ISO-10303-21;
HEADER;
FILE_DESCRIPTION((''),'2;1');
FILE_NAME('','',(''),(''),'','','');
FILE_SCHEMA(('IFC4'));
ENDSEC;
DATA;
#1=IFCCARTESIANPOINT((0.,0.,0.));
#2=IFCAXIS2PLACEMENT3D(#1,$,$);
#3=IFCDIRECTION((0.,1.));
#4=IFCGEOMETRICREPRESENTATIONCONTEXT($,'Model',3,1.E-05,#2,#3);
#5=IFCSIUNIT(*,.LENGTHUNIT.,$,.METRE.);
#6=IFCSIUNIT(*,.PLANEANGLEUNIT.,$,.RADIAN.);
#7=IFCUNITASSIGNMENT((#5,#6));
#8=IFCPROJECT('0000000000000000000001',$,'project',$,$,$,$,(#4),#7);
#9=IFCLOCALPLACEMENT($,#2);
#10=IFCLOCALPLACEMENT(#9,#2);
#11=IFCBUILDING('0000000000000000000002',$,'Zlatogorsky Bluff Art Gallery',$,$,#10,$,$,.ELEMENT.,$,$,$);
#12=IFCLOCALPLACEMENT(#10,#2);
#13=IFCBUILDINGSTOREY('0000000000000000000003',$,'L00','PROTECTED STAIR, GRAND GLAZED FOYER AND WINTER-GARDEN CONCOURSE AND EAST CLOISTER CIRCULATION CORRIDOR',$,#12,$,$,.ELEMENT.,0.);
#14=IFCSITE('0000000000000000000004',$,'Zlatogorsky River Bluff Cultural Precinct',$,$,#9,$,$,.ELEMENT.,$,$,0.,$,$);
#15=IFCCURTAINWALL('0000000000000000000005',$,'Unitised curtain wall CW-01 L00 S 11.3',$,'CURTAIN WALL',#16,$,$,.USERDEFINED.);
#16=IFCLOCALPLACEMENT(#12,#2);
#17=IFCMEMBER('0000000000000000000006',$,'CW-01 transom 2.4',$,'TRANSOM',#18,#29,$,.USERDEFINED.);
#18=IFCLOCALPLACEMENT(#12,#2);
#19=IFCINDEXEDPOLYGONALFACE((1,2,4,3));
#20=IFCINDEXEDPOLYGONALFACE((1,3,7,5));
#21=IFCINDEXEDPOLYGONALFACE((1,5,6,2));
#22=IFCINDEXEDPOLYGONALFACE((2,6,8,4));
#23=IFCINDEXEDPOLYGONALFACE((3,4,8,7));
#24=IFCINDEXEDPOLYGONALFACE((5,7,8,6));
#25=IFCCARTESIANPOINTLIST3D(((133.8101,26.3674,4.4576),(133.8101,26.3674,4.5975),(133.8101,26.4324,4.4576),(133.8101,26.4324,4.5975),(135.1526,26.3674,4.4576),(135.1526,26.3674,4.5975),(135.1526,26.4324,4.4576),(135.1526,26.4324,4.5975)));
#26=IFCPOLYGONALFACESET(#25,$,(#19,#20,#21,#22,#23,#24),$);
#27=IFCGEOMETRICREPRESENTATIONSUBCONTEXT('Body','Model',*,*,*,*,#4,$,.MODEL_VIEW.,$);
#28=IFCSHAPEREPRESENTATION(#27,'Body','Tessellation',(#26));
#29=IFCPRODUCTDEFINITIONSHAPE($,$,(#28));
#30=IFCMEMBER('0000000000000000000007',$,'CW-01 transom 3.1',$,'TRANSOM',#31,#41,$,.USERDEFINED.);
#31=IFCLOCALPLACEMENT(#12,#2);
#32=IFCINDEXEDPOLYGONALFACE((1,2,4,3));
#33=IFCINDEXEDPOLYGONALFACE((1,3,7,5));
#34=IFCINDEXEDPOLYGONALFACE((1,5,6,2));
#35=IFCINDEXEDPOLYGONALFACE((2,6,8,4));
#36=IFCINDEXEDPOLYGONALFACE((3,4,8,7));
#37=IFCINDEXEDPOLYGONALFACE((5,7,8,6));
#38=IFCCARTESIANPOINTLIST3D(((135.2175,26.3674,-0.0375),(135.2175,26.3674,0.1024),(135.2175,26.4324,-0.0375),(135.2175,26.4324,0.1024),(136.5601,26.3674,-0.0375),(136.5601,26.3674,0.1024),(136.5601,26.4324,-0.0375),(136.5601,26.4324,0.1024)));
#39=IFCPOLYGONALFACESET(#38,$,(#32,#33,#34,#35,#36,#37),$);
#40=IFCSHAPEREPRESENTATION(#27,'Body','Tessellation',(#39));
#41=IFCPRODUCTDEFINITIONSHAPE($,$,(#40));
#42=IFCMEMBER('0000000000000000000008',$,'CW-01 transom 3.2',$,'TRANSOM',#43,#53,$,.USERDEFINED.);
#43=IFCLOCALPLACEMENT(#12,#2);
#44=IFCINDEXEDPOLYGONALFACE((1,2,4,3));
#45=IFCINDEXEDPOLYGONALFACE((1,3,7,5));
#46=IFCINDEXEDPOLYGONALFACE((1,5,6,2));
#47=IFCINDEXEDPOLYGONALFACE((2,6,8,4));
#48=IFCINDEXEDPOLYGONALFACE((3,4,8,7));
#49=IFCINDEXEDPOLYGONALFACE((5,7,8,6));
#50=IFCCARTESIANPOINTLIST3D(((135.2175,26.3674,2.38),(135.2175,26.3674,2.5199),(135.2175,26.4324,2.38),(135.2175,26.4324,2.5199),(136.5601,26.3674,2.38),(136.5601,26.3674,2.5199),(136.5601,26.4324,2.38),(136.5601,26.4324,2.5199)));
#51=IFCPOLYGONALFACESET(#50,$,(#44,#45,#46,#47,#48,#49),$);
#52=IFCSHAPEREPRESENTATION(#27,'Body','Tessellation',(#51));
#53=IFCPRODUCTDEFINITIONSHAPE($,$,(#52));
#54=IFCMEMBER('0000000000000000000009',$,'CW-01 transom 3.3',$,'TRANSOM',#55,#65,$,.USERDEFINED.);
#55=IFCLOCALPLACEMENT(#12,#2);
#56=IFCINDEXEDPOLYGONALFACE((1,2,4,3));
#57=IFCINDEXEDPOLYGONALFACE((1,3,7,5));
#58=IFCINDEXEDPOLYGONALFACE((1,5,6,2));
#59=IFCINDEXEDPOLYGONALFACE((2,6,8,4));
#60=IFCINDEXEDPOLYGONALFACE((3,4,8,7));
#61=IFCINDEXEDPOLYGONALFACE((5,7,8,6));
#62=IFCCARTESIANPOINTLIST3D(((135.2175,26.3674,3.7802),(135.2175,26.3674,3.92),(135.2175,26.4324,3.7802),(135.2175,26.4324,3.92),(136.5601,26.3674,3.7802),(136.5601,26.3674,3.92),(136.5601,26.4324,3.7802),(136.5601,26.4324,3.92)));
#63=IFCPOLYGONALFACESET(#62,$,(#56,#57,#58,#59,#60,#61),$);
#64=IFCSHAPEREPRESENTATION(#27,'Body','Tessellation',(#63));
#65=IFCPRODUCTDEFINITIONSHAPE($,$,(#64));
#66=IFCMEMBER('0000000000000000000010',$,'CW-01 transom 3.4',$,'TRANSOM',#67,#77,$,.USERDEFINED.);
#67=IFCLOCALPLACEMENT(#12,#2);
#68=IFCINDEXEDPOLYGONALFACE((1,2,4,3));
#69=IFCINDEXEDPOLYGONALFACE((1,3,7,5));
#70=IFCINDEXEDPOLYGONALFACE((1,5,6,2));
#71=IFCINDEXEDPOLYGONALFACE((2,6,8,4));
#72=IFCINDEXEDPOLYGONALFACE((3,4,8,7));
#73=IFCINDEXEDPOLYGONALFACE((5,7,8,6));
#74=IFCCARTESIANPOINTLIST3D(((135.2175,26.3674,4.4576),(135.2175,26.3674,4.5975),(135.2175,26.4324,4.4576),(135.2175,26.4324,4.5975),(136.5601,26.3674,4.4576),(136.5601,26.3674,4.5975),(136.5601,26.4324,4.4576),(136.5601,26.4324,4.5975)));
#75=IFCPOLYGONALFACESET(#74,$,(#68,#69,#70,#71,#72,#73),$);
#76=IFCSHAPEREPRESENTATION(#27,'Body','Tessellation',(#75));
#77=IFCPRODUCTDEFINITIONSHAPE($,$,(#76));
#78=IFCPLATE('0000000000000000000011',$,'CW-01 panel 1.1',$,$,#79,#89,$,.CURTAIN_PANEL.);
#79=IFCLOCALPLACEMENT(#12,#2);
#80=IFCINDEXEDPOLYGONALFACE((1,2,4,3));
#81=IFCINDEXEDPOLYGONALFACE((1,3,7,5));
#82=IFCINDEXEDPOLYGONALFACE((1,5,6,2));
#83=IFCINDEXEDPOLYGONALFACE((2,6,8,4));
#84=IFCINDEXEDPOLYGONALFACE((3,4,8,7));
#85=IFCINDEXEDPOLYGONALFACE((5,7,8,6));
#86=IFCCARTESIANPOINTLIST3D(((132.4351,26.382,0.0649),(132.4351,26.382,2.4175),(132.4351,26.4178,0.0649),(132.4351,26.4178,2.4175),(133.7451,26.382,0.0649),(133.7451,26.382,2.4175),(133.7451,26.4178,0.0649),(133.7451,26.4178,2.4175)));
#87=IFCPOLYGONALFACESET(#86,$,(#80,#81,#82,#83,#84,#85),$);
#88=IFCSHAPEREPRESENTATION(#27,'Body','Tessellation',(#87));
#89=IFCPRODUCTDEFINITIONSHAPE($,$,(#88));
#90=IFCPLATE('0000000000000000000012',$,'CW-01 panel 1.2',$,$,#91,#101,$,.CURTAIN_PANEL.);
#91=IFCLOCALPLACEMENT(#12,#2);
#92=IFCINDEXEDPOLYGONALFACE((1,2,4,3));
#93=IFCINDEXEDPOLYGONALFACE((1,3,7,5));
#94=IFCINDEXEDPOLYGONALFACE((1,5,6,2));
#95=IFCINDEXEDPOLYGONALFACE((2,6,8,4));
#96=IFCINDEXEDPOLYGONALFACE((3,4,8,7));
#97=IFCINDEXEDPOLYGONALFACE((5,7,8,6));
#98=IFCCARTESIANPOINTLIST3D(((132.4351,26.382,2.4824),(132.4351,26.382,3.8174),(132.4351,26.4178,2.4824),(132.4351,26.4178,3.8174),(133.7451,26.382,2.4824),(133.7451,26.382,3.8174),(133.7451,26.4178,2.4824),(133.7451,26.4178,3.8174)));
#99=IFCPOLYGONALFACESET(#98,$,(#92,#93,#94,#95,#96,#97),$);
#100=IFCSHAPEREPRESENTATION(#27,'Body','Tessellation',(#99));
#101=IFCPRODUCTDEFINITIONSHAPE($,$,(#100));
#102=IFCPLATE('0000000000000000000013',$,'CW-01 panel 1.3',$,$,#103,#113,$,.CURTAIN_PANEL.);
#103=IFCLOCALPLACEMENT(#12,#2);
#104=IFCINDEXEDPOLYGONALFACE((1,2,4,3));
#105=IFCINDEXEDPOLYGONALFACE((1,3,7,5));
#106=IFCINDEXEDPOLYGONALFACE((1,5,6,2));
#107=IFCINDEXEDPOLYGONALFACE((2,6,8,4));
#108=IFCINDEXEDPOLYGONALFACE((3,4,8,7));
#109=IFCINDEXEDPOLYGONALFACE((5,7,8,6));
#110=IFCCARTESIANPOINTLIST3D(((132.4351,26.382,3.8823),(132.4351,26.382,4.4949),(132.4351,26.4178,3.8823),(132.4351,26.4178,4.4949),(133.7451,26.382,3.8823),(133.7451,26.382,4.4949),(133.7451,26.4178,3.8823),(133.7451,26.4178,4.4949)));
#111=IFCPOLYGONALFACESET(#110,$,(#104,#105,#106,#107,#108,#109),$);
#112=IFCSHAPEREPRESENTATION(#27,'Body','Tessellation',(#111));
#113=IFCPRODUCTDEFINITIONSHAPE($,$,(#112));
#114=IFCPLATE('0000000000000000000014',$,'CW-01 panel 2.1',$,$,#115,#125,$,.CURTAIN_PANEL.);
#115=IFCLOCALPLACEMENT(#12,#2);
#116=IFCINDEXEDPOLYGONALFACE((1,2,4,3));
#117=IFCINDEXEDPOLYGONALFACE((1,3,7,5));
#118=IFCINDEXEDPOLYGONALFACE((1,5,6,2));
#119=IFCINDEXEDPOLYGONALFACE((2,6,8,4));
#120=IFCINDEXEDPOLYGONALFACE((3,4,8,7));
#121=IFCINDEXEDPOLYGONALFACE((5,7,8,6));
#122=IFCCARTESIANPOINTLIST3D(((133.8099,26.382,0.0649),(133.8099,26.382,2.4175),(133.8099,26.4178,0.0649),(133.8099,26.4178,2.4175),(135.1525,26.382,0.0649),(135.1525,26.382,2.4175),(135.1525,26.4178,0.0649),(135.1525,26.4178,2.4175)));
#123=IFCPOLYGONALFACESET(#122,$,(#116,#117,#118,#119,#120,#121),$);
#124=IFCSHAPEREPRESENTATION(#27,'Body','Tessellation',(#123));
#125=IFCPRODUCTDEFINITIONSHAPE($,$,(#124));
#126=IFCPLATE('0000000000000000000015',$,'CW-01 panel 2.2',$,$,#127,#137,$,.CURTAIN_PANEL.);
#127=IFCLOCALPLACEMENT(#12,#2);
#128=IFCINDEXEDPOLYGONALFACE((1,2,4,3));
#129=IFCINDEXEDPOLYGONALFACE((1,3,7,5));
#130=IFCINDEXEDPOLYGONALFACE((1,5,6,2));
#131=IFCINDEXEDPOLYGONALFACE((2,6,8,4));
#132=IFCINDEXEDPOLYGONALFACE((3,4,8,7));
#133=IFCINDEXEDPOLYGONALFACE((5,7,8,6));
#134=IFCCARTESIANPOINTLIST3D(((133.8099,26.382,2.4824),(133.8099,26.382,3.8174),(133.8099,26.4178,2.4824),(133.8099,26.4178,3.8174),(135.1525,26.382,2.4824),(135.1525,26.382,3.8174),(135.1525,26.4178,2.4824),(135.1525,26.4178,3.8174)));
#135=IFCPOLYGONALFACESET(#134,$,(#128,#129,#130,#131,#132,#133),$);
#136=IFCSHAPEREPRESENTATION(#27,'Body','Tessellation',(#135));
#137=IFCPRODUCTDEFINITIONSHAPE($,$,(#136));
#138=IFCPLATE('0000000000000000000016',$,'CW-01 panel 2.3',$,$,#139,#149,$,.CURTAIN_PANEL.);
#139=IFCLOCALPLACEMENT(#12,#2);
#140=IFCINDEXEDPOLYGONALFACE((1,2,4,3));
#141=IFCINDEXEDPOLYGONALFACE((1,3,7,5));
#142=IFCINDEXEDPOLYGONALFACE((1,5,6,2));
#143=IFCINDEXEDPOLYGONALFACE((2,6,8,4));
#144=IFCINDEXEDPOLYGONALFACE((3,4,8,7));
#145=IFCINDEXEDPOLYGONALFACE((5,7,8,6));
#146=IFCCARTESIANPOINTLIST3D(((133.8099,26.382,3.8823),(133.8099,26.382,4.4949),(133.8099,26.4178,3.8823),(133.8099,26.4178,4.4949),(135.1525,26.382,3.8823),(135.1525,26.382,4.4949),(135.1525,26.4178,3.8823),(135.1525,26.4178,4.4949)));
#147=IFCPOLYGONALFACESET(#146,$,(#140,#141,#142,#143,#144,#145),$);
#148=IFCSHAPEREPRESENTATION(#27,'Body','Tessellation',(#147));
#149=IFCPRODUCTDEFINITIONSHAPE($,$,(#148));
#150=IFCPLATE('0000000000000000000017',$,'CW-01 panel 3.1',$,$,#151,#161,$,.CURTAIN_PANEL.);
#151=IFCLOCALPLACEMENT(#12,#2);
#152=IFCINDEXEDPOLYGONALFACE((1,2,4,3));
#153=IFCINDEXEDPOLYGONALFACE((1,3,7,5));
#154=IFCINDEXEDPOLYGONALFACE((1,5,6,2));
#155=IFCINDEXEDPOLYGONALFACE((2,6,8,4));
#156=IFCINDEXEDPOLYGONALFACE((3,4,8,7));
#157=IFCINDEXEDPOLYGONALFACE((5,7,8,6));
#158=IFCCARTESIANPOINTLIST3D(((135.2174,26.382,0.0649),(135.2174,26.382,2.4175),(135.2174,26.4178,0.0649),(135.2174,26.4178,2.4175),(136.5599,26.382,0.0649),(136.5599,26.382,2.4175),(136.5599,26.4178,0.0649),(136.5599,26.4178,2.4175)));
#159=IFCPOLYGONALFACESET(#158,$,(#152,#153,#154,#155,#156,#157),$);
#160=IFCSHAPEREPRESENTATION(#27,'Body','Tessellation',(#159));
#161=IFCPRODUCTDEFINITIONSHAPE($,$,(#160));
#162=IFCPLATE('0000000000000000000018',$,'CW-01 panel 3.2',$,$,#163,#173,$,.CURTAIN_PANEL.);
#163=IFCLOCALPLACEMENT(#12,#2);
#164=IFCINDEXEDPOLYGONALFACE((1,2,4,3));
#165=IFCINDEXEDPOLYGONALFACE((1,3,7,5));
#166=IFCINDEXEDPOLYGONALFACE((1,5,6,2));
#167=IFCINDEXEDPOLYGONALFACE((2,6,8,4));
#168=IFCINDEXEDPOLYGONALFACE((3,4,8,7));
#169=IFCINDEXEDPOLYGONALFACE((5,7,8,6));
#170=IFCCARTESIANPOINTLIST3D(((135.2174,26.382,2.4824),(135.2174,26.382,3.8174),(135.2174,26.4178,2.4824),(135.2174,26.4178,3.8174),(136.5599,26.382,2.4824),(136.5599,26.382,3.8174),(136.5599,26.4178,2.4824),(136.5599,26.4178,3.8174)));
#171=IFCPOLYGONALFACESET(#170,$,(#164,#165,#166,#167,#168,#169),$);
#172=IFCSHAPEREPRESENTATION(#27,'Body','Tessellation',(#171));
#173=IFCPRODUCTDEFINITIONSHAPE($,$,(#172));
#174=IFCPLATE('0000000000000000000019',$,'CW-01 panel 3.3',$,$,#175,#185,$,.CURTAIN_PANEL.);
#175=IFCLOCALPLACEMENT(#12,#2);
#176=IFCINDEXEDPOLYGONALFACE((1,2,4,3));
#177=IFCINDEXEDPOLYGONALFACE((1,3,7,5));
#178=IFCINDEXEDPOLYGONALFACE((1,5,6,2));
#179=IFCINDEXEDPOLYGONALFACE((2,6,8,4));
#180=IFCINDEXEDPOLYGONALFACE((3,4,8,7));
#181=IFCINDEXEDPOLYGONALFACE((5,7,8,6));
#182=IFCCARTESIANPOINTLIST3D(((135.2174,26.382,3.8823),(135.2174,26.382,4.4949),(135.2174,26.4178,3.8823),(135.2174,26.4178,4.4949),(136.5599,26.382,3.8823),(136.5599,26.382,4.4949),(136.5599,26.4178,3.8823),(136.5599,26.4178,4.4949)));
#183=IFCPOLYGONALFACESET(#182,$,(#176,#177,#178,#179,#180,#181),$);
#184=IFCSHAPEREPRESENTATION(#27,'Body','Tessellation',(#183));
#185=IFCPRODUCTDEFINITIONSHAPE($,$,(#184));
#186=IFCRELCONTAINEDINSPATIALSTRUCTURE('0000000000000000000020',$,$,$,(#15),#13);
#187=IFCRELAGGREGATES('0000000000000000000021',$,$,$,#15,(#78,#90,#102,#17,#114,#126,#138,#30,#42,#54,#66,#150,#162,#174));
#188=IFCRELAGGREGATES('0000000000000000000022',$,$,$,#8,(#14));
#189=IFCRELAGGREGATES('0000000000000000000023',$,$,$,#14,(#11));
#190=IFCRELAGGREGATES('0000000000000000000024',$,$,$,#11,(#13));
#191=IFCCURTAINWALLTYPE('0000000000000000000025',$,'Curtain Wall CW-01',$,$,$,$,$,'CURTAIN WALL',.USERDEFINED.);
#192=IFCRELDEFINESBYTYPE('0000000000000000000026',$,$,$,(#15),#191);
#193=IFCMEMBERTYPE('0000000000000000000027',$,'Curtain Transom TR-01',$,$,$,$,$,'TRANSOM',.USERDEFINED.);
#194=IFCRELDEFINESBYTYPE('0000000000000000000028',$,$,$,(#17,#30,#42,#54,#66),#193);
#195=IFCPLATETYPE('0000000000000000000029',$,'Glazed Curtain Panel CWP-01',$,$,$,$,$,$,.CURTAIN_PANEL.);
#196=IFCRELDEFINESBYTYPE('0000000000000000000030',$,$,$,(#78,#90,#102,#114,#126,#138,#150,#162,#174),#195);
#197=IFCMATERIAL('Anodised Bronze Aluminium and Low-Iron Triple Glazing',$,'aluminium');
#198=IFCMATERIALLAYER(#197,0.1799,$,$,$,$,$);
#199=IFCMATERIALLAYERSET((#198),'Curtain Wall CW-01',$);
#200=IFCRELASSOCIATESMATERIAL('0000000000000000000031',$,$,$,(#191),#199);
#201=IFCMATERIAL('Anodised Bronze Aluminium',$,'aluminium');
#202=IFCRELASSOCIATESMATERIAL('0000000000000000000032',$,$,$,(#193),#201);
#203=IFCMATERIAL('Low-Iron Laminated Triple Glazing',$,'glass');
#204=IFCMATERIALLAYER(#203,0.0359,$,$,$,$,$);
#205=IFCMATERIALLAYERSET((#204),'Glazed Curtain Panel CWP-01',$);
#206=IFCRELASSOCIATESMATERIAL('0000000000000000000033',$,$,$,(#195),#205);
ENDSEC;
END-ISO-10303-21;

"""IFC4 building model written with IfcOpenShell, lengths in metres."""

from ifc_helpers import new_model, si_unit, direction, frame, origin, origin_2d, place, context, subcontext, project, spatial, rectangle, extrude, material, layer, layer_set, material_profile, profile_set, type_object, element, aggregate, save


model = new_model("IFC4")

# Units and contexts
model_context = context("Model", 3, precision=1e-05, world=origin(), true_north=direction((0.0, 1.0)))
body_context = subcontext(model_context, "Body", "Model", "MODEL_VIEW")
ifc_project = project(units=[si_unit("LENGTHUNIT", "METRE"), si_unit("PLANEANGLEUNIT", "RADIAN")], contexts=[model_context])

# Site, building, storey
site_placement = place(None, origin())
site = spatial("IfcSite", under=ifc_project, at=site_placement, Name="Zlatogorsky River Bluff Cultural Precinct", CompositionType="ELEMENT", RefElevation=0.0)
building_placement = place(site_placement, origin())
building = spatial("IfcBuilding", under=site, at=building_placement, Name="Zlatogorsky Bluff Art Gallery", CompositionType="ELEMENT")
storey_placement = place(building_placement, origin())
storey = spatial("IfcBuildingStorey", under=building, at=storey_placement, Name="L00", Description="PROTECTED STAIR, GRAND GLAZED FOYER AND WINTER-GARDEN CONCOURSE AND EAST CLOISTER CIRCULATION CORRIDOR", CompositionType="ELEMENT", Elevation=0.0)

# Curtain wall, members, plates
ifc_material_1 = material(Name="Anodised Bronze Aluminium and Low-Iron Triple Glazing", Category="aluminium")
ifc_layer_1 = layer(ifc_material_1, 0.1799)
ifc_layer_set_1 = layer_set([ifc_layer_1], Name="Curtain Wall CW-01")
curtain_wall_type = type_object("IfcCurtainWallType", Name="Curtain Wall CW-01", ElementType="CURTAIN WALL", PredefinedType="USERDEFINED", material=ifc_layer_set_1)
curtain_wall_placement = place(storey_placement, origin())
curtain_wall = element("IfcCurtainWall", 1, at=curtain_wall_placement, inside=storey, type_object=curtain_wall_type, Name="Unitised curtain wall CW-01 L00 S 11.3", ObjectType="CURTAIN WALL", PredefinedType="USERDEFINED")
ifc_material_2 = material(Name="Anodised Bronze Aluminium", Category="aluminium")
ifc_material_profile_1 = material_profile(ifc_material_2, rectangle(XDim=0.0649, YDim=0.1399, at=origin_2d()), Name="ALU TRANSOM 65x140")
ifc_profile_set_1 = profile_set([ifc_material_profile_1], Name="Anodised Bronze Aluminium")
member_type_1 = type_object("IfcMemberType", Name="Curtain Transom TR-01", ElementType="TRANSOM", PredefinedType="USERDEFINED", material=ifc_profile_set_1)
member_1_placement = place(storey_placement, frame((133.8101, 26.3999, 4.5276), z_axis=(1.0, 0.0, 0.0), x_axis=(0.0, 1.0, 0.0)))
member_1 = element("IfcMember", 2, at=member_1_placement, type_object=member_type_1, Name="CW-01 transom 2.4", ObjectType="TRANSOM", PredefinedType="USERDEFINED", context=body_context, shape_type="SweptSolid", body=[
    extrude(rectangle(XDim=0.0649, YDim=0.1399, at=origin_2d()), origin(), (0.0, 0.0, 1.0), 1.3425),
])
member_2_placement = place(storey_placement, frame((135.2175, 26.3999, 0.0325), z_axis=(1.0, 0.0, 0.0), x_axis=(0.0, 1.0, 0.0)))
member_2 = element("IfcMember", 3, at=member_2_placement, type_object=member_type_1, Name="CW-01 transom 3.1", ObjectType="TRANSOM", PredefinedType="USERDEFINED", context=body_context, shape_type="SweptSolid", body=[
    extrude(rectangle(XDim=0.0649, YDim=0.1399, at=origin_2d()), origin(), (0.0, 0.0, 1.0), 1.3425),
])
member_3_placement = place(storey_placement, frame((135.2175, 26.3999, 2.45), z_axis=(1.0, 0.0, 0.0), x_axis=(0.0, 1.0, 0.0)))
member_3 = element("IfcMember", 4, at=member_3_placement, type_object=member_type_1, Name="CW-01 transom 3.2", ObjectType="TRANSOM", PredefinedType="USERDEFINED", context=body_context, shape_type="SweptSolid", body=[
    extrude(rectangle(XDim=0.0649, YDim=0.1399, at=origin_2d()), origin(), (0.0, 0.0, 1.0), 1.3425),
])
member_4_placement = place(storey_placement, frame((135.2175, 26.3999, 3.8501), z_axis=(1.0, 0.0, 0.0), x_axis=(0.0, 1.0, 0.0)))
member_4 = element("IfcMember", 5, at=member_4_placement, type_object=member_type_1, Name="CW-01 transom 3.3", ObjectType="TRANSOM", PredefinedType="USERDEFINED", context=body_context, shape_type="SweptSolid", body=[
    extrude(rectangle(XDim=0.0649, YDim=0.1399, at=origin_2d()), origin(), (0.0, 0.0, 1.0), 1.3425),
])
member_5_placement = place(storey_placement, frame((135.2175, 26.3999, 4.5276), z_axis=(1.0, 0.0, 0.0), x_axis=(0.0, 1.0, 0.0)))
member_5 = element("IfcMember", 6, at=member_5_placement, type_object=member_type_1, Name="CW-01 transom 3.4", ObjectType="TRANSOM", PredefinedType="USERDEFINED", context=body_context, shape_type="SweptSolid", body=[
    extrude(rectangle(XDim=0.0649, YDim=0.1399, at=origin_2d()), origin(), (0.0, 0.0, 1.0), 1.3425),
])
ifc_material_3 = material(Name="Low-Iron Laminated Triple Glazing", Category="glass")
ifc_layer_2 = layer(ifc_material_3, 0.0359)
ifc_layer_set_2 = layer_set([ifc_layer_2], Name="Glazed Curtain Panel CWP-01")
plate_type = type_object("IfcPlateType", Name="Glazed Curtain Panel CWP-01", PredefinedType="CURTAIN_PANEL", material=ifc_layer_set_2)
plate_1_placement = place(storey_placement, frame((133.0901, 26.3999, 0.0649), z_axis=(0.0, 0.0, 1.0), x_axis=(1.0, 0.0, 0.0)))
plate_1 = element("IfcPlate", 7, at=plate_1_placement, type_object=plate_type, Name="CW-01 panel 1.1", PredefinedType="CURTAIN_PANEL", context=body_context, shape_type="SweptSolid", body=[
    extrude(rectangle(XDim=1.3101, YDim=0.0359, at=origin_2d()), origin(), (0.0, 0.0, 1.0), 2.3525),
])
plate_2_placement = place(storey_placement, frame((133.0901, 26.3999, 2.4824), z_axis=(0.0, 0.0, 1.0), x_axis=(1.0, 0.0, 0.0)))
plate_2 = element("IfcPlate", 8, at=plate_2_placement, type_object=plate_type, Name="CW-01 panel 1.2", PredefinedType="CURTAIN_PANEL", context=body_context, shape_type="SweptSolid", body=[
    extrude(rectangle(XDim=1.3101, YDim=0.0359, at=origin_2d()), origin(), (0.0, 0.0, 1.0), 1.335),
])
plate_3_placement = place(storey_placement, frame((133.0901, 26.3999, 3.8823), z_axis=(0.0, 0.0, 1.0), x_axis=(1.0, 0.0, 0.0)))
plate_3 = element("IfcPlate", 9, at=plate_3_placement, type_object=plate_type, Name="CW-01 panel 1.3", PredefinedType="CURTAIN_PANEL", context=body_context, shape_type="SweptSolid", body=[
    extrude(rectangle(XDim=1.3101, YDim=0.0359, at=origin_2d()), origin(), (0.0, 0.0, 1.0), 0.6125),
])
plate_4_placement = place(storey_placement, frame((134.4812, 26.3999, 0.0649), z_axis=(0.0, 0.0, 1.0), x_axis=(1.0, 0.0, 0.0)))
plate_4 = element("IfcPlate", 10, at=plate_4_placement, type_object=plate_type, Name="CW-01 panel 2.1", PredefinedType="CURTAIN_PANEL", context=body_context, shape_type="SweptSolid", body=[
    extrude(rectangle(XDim=1.3425, YDim=0.0359, at=origin_2d()), origin(), (0.0, 0.0, 1.0), 2.3525),
])
plate_5_placement = place(storey_placement, frame((134.4812, 26.3999, 2.4824), z_axis=(0.0, 0.0, 1.0), x_axis=(1.0, 0.0, 0.0)))
plate_5 = element("IfcPlate", 11, at=plate_5_placement, type_object=plate_type, Name="CW-01 panel 2.2", PredefinedType="CURTAIN_PANEL", context=body_context, shape_type="SweptSolid", body=[
    extrude(rectangle(XDim=1.3425, YDim=0.0359, at=origin_2d()), origin(), (0.0, 0.0, 1.0), 1.335),
])
plate_6_placement = place(storey_placement, frame((134.4812, 26.3999, 3.8823), z_axis=(0.0, 0.0, 1.0), x_axis=(1.0, 0.0, 0.0)))
plate_6 = element("IfcPlate", 12, at=plate_6_placement, type_object=plate_type, Name="CW-01 panel 2.3", PredefinedType="CURTAIN_PANEL", context=body_context, shape_type="SweptSolid", body=[
    extrude(rectangle(XDim=1.3425, YDim=0.0359, at=origin_2d()), origin(), (0.0, 0.0, 1.0), 0.6125),
])
plate_7_placement = place(storey_placement, frame((135.8887, 26.3999, 0.0649), z_axis=(0.0, 0.0, 1.0), x_axis=(1.0, 0.0, 0.0)))
plate_7 = element("IfcPlate", 13, at=plate_7_placement, type_object=plate_type, Name="CW-01 panel 3.1", PredefinedType="CURTAIN_PANEL", context=body_context, shape_type="SweptSolid", body=[
    extrude(rectangle(XDim=1.3425, YDim=0.0359, at=origin_2d()), origin(), (0.0, 0.0, 1.0), 2.3525),
])
plate_8_placement = place(storey_placement, frame((135.8887, 26.3999, 2.4824), z_axis=(0.0, 0.0, 1.0), x_axis=(1.0, 0.0, 0.0)))
plate_8 = element("IfcPlate", 14, at=plate_8_placement, type_object=plate_type, Name="CW-01 panel 3.2", PredefinedType="CURTAIN_PANEL", context=body_context, shape_type="SweptSolid", body=[
    extrude(rectangle(XDim=1.3425, YDim=0.0359, at=origin_2d()), origin(), (0.0, 0.0, 1.0), 1.335),
])
plate_9_placement = place(storey_placement, frame((135.8887, 26.3999, 3.8823), z_axis=(0.0, 0.0, 1.0), x_axis=(1.0, 0.0, 0.0)))
plate_9 = element("IfcPlate", 15, at=plate_9_placement, type_object=plate_type, Name="CW-01 panel 3.3", PredefinedType="CURTAIN_PANEL", context=body_context, shape_type="SweptSolid", body=[
    extrude(rectangle(XDim=1.3425, YDim=0.0359, at=origin_2d()), origin(), (0.0, 0.0, 1.0), 0.6125),
])
aggregate(curtain_wall, [plate_1, plate_2, plate_3, member_1, plate_4, plate_5, plate_6, member_2, member_3, member_4, member_5, plate_7, plate_8, plate_9])

save(model, "model.ifc")
